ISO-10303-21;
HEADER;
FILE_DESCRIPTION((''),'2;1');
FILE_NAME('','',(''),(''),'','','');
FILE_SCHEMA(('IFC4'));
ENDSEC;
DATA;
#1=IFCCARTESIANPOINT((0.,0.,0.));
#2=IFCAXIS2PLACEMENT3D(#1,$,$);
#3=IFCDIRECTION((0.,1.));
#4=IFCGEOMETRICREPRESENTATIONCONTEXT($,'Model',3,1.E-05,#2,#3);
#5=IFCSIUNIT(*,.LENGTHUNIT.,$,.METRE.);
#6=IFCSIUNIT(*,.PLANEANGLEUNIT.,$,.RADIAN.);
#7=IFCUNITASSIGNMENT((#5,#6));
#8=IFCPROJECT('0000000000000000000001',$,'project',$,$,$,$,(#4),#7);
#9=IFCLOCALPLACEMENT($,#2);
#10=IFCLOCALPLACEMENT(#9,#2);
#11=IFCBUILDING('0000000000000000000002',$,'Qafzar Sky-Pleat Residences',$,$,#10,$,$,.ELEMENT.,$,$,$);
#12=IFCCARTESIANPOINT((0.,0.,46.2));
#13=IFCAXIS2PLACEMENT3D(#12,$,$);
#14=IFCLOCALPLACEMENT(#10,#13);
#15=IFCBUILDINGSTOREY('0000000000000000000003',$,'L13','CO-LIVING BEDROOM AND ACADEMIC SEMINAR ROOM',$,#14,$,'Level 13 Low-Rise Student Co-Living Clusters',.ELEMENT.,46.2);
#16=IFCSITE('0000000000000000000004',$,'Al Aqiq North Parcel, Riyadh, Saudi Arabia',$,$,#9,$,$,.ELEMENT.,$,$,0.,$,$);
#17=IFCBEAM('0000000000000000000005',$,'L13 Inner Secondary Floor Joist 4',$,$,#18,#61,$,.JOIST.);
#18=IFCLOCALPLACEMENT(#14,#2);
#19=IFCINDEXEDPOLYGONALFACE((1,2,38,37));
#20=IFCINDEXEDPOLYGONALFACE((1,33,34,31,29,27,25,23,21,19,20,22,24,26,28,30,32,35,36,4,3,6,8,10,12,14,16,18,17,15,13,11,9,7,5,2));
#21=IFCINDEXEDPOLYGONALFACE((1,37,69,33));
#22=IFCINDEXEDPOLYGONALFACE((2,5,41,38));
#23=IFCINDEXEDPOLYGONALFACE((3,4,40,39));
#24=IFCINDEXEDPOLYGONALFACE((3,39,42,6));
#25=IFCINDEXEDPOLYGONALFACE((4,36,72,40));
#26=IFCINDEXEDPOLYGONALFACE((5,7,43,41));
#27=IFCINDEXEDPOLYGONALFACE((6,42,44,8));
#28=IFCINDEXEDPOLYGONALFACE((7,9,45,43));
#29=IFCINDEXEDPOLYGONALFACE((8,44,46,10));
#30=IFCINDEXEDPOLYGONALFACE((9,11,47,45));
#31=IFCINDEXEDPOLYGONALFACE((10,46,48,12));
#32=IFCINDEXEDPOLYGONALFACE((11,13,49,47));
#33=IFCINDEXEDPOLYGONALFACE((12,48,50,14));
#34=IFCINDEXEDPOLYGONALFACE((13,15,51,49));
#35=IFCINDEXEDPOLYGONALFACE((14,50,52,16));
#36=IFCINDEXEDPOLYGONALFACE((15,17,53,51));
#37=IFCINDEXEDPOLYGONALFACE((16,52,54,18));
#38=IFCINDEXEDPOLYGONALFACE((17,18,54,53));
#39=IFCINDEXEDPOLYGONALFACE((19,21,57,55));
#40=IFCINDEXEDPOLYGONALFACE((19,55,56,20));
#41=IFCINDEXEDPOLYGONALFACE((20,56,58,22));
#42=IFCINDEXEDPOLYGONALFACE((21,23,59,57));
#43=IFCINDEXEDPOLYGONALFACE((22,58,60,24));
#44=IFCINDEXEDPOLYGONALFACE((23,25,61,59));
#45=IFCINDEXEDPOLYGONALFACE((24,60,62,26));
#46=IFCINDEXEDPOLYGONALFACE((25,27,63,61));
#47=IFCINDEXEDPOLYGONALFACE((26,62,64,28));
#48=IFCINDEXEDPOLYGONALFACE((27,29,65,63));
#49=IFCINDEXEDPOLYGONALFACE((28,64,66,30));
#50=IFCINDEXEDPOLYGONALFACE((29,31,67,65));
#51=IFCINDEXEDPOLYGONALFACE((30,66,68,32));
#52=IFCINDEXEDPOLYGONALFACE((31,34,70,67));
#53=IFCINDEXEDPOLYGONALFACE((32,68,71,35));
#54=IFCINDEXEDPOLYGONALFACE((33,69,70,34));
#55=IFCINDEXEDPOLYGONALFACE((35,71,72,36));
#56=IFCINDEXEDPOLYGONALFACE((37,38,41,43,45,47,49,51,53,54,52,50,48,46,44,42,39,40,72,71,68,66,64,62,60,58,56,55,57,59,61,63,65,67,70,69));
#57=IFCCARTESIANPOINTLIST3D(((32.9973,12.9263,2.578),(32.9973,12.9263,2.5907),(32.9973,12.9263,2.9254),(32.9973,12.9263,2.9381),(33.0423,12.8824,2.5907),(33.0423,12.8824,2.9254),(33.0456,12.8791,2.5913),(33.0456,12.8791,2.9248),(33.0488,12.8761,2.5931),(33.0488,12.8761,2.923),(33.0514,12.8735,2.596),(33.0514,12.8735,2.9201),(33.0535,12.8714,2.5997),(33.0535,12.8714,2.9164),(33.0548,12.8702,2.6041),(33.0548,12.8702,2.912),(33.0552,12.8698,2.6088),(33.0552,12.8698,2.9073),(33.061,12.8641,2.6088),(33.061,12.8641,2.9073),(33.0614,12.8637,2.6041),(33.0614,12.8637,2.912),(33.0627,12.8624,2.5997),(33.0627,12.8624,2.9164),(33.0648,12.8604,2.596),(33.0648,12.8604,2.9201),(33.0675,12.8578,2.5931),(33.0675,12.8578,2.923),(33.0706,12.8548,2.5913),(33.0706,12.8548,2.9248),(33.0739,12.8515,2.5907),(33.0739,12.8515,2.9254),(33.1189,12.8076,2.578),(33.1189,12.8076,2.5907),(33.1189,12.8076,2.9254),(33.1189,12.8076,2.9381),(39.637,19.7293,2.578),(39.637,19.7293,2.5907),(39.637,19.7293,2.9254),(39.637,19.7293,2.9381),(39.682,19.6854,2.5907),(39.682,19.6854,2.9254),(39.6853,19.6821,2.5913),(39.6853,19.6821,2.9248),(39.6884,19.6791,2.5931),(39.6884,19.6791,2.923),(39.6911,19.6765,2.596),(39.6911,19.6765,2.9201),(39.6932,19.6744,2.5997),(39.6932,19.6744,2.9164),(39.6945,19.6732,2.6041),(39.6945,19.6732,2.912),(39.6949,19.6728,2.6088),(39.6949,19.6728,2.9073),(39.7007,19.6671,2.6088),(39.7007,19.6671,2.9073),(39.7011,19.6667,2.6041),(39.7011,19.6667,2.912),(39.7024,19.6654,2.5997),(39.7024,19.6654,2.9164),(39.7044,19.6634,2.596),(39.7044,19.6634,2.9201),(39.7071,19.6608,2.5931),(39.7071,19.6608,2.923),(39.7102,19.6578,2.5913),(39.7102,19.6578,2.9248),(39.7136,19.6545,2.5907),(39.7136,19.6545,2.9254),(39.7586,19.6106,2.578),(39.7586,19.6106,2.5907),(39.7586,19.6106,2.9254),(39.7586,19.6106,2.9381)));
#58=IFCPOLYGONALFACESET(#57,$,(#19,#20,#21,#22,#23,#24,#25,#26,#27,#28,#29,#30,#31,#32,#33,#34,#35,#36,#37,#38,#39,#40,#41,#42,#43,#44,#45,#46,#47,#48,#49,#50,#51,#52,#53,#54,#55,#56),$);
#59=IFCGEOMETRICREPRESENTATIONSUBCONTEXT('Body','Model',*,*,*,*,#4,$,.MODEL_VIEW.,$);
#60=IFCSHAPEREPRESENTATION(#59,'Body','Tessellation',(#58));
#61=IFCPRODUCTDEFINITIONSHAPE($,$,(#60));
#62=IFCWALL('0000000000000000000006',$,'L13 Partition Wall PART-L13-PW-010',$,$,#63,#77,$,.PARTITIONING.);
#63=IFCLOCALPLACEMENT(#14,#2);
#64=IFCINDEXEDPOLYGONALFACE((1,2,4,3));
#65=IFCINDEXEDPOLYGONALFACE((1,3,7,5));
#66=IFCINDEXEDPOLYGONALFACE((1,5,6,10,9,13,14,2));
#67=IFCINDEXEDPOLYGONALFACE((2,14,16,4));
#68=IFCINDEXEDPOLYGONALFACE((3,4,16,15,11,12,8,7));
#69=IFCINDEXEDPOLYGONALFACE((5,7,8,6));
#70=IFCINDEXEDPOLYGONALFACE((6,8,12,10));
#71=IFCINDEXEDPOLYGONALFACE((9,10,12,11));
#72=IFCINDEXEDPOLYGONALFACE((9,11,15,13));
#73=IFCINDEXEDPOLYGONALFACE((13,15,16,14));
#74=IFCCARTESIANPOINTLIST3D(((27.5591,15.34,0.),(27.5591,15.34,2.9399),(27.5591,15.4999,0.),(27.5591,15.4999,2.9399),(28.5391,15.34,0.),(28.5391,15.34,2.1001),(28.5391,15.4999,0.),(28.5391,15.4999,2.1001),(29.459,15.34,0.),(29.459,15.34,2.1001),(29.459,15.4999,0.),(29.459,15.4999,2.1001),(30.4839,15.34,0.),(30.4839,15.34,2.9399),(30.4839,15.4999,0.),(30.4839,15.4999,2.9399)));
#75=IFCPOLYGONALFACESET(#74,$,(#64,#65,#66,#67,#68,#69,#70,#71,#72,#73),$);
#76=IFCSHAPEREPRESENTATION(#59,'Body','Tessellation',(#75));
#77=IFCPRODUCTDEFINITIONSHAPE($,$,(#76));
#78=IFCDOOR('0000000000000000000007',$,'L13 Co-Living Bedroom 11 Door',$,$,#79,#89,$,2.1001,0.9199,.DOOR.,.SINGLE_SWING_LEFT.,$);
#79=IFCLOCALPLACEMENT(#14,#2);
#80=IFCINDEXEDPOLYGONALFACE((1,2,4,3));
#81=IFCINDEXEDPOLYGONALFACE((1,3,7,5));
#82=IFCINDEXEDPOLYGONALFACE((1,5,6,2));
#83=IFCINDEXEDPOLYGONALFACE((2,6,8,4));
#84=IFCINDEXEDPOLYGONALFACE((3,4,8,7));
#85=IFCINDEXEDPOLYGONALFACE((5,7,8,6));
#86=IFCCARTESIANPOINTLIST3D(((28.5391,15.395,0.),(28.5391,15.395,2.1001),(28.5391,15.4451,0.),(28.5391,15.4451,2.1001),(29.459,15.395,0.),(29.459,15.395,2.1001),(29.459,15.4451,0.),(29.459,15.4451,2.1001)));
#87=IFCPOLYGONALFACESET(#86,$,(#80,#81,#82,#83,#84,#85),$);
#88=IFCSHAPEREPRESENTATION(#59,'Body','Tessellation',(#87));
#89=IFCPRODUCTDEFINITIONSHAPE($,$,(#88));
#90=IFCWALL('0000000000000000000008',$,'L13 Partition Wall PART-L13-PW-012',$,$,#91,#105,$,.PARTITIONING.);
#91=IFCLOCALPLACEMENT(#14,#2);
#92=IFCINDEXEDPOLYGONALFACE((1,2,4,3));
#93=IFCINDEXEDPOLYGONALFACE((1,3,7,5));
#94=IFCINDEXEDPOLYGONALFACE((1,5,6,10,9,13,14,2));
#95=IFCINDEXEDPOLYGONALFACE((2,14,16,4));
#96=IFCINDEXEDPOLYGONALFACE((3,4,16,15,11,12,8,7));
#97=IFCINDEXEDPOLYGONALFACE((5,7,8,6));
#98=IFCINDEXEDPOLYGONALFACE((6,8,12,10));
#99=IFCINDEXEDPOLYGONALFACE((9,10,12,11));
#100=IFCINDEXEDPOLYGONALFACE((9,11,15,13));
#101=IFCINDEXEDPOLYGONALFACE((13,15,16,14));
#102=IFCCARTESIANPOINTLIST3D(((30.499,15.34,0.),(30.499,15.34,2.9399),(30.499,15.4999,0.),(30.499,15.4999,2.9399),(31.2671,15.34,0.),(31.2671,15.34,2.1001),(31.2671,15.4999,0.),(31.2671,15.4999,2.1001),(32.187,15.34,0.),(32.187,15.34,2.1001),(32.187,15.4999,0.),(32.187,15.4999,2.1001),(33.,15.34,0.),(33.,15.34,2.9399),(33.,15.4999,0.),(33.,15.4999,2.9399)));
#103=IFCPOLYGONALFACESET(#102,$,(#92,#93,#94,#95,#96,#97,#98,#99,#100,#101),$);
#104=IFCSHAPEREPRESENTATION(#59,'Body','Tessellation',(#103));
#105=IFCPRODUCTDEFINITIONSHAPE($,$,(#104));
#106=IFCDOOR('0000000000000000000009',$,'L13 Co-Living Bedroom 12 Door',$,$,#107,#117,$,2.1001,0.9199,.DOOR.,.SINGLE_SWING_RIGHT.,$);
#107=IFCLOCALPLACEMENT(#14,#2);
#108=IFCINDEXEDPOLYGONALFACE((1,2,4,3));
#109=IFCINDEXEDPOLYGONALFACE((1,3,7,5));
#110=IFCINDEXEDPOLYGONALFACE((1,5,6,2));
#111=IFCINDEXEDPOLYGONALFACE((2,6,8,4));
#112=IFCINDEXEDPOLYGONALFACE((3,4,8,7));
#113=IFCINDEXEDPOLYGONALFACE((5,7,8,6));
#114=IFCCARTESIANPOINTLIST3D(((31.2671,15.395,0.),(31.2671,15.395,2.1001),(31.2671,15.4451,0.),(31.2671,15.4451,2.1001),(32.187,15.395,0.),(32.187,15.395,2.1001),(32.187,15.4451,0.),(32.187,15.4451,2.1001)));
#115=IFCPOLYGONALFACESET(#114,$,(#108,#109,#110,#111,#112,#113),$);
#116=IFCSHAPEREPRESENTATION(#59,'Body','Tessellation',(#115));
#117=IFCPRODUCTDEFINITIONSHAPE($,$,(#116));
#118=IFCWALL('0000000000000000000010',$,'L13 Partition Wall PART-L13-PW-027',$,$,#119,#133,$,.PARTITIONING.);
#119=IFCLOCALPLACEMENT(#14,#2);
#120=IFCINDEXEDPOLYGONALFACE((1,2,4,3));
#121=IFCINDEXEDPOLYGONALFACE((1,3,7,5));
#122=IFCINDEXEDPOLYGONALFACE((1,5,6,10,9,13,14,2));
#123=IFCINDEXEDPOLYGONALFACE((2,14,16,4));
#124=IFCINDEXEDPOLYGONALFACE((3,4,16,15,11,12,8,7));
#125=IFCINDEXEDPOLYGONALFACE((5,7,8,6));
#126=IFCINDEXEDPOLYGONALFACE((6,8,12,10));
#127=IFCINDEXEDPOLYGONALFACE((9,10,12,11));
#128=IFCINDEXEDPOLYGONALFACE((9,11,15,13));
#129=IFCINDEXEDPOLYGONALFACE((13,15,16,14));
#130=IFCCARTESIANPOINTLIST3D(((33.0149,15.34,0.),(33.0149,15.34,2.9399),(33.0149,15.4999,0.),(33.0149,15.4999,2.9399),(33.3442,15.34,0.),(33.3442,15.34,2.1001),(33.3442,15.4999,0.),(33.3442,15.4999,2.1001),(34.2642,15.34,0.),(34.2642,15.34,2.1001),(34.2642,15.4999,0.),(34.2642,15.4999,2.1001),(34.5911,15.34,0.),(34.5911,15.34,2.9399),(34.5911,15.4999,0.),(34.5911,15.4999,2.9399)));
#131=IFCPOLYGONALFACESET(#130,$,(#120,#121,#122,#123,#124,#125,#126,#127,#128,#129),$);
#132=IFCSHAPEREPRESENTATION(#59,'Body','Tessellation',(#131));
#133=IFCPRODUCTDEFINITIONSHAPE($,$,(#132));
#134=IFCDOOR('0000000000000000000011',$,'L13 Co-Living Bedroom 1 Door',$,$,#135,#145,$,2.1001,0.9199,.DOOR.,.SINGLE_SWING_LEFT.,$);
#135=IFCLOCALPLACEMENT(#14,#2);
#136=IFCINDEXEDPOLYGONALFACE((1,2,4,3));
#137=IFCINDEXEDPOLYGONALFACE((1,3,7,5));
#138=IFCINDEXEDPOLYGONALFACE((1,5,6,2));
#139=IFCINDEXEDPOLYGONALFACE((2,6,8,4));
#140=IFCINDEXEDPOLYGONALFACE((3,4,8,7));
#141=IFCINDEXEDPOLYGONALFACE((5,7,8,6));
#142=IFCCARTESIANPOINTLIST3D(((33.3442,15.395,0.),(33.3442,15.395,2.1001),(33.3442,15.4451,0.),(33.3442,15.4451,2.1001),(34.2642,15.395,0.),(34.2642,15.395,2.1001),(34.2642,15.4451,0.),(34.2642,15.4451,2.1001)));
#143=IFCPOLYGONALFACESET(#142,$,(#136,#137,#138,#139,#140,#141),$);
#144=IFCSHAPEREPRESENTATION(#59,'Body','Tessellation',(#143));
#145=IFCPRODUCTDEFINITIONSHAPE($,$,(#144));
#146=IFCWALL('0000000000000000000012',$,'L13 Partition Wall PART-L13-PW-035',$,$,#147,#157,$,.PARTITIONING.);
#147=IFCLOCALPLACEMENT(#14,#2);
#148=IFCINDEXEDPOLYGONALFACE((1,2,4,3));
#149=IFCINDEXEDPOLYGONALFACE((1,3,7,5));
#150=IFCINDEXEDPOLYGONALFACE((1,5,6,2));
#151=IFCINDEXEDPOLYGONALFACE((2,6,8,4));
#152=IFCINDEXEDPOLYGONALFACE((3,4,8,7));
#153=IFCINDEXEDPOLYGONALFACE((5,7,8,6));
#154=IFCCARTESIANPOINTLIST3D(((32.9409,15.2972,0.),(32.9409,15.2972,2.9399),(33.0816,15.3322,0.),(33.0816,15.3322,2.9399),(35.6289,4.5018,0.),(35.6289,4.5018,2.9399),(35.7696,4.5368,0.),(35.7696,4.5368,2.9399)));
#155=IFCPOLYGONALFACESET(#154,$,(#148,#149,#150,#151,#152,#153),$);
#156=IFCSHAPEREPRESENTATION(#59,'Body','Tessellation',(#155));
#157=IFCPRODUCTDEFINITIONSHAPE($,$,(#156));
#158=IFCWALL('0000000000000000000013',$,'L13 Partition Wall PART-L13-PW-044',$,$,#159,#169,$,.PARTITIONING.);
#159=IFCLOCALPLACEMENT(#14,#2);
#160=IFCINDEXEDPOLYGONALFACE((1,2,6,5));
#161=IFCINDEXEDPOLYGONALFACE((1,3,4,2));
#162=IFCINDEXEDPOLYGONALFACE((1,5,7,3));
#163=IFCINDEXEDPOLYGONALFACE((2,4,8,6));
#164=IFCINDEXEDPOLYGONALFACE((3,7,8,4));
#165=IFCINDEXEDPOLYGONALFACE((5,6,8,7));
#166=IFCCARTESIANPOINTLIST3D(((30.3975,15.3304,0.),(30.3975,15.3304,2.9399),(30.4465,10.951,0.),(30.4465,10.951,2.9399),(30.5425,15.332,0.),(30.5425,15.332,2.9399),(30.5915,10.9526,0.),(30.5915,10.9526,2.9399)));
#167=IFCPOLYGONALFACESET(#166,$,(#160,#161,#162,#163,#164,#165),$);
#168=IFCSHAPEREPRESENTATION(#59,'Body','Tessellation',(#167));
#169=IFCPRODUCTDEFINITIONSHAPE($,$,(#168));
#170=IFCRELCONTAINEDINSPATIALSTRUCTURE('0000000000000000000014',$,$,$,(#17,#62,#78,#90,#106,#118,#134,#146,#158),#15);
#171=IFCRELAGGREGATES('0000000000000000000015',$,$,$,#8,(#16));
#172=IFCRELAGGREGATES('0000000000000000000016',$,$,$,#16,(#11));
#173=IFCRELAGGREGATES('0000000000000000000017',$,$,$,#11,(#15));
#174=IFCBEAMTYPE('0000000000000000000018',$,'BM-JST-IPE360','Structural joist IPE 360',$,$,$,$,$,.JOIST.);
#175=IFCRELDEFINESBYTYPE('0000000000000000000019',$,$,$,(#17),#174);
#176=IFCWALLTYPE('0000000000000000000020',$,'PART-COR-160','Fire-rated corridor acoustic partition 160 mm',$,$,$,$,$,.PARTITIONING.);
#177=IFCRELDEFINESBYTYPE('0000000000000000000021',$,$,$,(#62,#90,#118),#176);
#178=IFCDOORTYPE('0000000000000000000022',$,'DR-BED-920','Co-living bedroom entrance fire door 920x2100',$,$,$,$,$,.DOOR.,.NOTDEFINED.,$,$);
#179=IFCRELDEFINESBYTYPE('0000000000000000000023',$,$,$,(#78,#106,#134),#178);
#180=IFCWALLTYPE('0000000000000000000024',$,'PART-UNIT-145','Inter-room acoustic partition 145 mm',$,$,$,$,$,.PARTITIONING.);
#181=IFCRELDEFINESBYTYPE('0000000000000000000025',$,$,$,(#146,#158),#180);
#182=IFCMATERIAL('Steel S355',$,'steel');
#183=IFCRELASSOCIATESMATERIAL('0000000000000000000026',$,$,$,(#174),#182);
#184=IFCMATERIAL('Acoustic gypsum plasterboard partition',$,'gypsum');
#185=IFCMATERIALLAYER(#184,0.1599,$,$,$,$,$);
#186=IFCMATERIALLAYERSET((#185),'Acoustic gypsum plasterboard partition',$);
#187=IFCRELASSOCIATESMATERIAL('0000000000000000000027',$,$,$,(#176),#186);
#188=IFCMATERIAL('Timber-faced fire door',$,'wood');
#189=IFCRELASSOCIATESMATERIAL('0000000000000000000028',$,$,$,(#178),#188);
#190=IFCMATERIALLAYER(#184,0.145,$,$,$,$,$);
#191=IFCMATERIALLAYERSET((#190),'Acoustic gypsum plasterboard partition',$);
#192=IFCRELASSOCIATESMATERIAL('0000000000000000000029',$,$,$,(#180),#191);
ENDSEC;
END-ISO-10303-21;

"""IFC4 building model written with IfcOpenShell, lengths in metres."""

from ifc_helpers import new_model, si_unit, direction, frame, frame_2d, origin, origin_2d, place, context, subcontext, project, spatial, rectangle, i_section, extrude, source, transform, mapped, material, layer, layer_set, material_profile, profile_set, type_object, element, fill, save


model = new_model("IFC4")

# Units and contexts
model_context = context("Model", 3, precision=1e-05, world=origin(), true_north=direction((0.0, 1.0)))
body_context = subcontext(model_context, "Body", "Model", "MODEL_VIEW")
ifc_project = project(units=[si_unit("LENGTHUNIT", "METRE"), si_unit("PLANEANGLEUNIT", "RADIAN")], contexts=[model_context])

# Site, building, storey
site_placement = place(None, origin())
site = spatial("IfcSite", under=ifc_project, at=site_placement, Name="Al Aqiq North Parcel, Riyadh, Saudi Arabia", CompositionType="ELEMENT", RefElevation=0.0)
building_placement = place(site_placement, origin())
building = spatial("IfcBuilding", under=site, at=building_placement, Name="Qafzar Sky-Pleat Residences", CompositionType="ELEMENT")
storey_placement = place(building_placement, frame((0.0, 0.0, 46.2)))
storey = spatial("IfcBuildingStorey", under=building, at=storey_placement, Name="L13", Description="CO-LIVING BEDROOM AND ACADEMIC SEMINAR ROOM", LongName="Level 13 Low-Rise Student Co-Living Clusters", CompositionType="ELEMENT", Elevation=46.2)

# Beam
ifc_material_1 = material(Name="Steel S355", Category="steel")
ifc_material_profile_1 = material_profile(ifc_material_1, i_section(OverallWidth=0.1699, OverallDepth=0.3601, WebThickness=0.0081, FlangeThickness=0.0127, FilletRadius=0.0181, at=origin_2d()), Name="IPE 360")
ifc_profile_set_1 = profile_set([ifc_material_profile_1], Name="Steel S355")
beam_type_1 = type_object("IfcBeamType", Name="BM-JST-IPE360", Description="Structural joist IPE 360", PredefinedType="JOIST", material=ifc_profile_set_1)
shared_shape_1 = source(origin(), body_context, "Body", "SweptSolid", [
    extrude(i_section(OverallWidth=0.1699, OverallDepth=0.3601, WebThickness=0.0081, FlangeThickness=0.0127, FilletRadius=0.0181, at=origin_2d()), origin(), (0.0, 0.0, 1.0), 9.5061),
])
beam_1_placement = place(storey_placement, frame((33.0581, 12.8669, 2.7581), z_axis=(0.698464, 0.715645, 0.0), x_axis=(-0.715645, 0.698464, 0.0)))
element("IfcBeam", 1, at=beam_1_placement, inside=storey, type_object=beam_type_1, Name="L13 Inner Secondary Floor Joist 4", PredefinedType="JOIST", context=body_context, shape_type="MappedRepresentation", body=[
    mapped(shared_shape_1, transform((0.0, 0.0, 0.0), x_axis=(1.0, 0.0, 0.0), y_axis=(0.0, 1.0, 0.0), z_axis=(0.0, 0.0, 1.0), scale=1.0)),
])

# Walls, openings, doors
ifc_material_2 = material(Name="Acoustic gypsum plasterboard partition", Category="gypsum")
ifc_layer_1 = layer(ifc_material_2, 0.1599)
ifc_layer_set_1 = layer_set([ifc_layer_1], Name="Acoustic gypsum plasterboard partition")
wall_type_1 = type_object("IfcWallType", Name="PART-COR-160", Description="Fire-rated corridor acoustic partition 160 mm", PredefinedType="PARTITIONING", material=ifc_layer_set_1)
wall_1_placement = place(storey_placement, frame((30.4839, 15.4199, 0.0), z_axis=(0.0, 0.0, 1.0), x_axis=(-1.0, 0.0, 0.0)))
wall_1 = element("IfcWall", 2, at=wall_1_placement, inside=storey, type_object=wall_type_1, Name="L13 Partition Wall PART-L13-PW-010", PredefinedType="PARTITIONING", context=body_context, shape_type="SweptSolid", body=[
    extrude(rectangle(XDim=2.9248, YDim=0.1599, at=frame_2d((1.4624, 0.0))), origin(), (0.0, 0.0, 1.0), 2.9399),
])
opening_1_placement = place(wall_1_placement, frame((1.0249, 0.0, 0.0)))
opening_1 = element("IfcOpeningElement", 3, at=opening_1_placement, cuts=wall_1, PredefinedType="OPENING", context=body_context, shape_type="SweptSolid", body=[
    extrude(rectangle(XDim=0.9199, YDim=2.1001, at=frame_2d((0.46, 1.05))), frame((0.0, 0.0898, 0.0), z_axis=(0.0, -1.0, 0.0), x_axis=(1.0, 0.0, 0.0)), (0.0, 0.0, 1.0), 0.1799),
])
ifc_material_3 = material(Name="Timber-faced fire door", Category="wood")
door_type_1 = type_object("IfcDoorType", Name="DR-BED-920", Description="Co-living bedroom entrance fire door 920x2100", OperationType="NOTDEFINED", PredefinedType="DOOR", material=ifc_material_3)
shared_shape_2 = source(origin(), body_context, "Body", "SweptSolid", [
    extrude(rectangle(XDim=0.9199, YDim=2.1001, at=frame_2d((0.46, 1.05))), frame((0.0, 0.0249, 0.0), z_axis=(0.0, -1.0, 0.0), x_axis=(1.0, 0.0, 0.0)), (0.0, 0.0, 1.0), 0.05),
])
door_1_placement = place(opening_1_placement, origin())
door_1 = element("IfcDoor", 4, at=door_1_placement, inside=storey, type_object=door_type_1, Name="L13 Co-Living Bedroom 11 Door", OperationType="SINGLE_SWING_LEFT", OverallHeight=2.1001, OverallWidth=0.9199, PredefinedType="DOOR", context=body_context, shape_type="MappedRepresentation", body=[
    mapped(shared_shape_2, transform((0.0, 0.0, 0.0), x_axis=(1.0, 0.0, 0.0), y_axis=(0.0, 1.0, 0.0), z_axis=(0.0, 0.0, 1.0), scale=1.0)),
])
fill(opening_1, door_1)
wall_2_placement = place(storey_placement, frame((33.0, 15.4199, 0.0), z_axis=(0.0, 0.0, 1.0), x_axis=(-1.0, 0.0, 0.0)))
wall_2 = element("IfcWall", 5, at=wall_2_placement, inside=storey, type_object=wall_type_1, Name="L13 Partition Wall PART-L13-PW-012", PredefinedType="PARTITIONING", context=body_context, shape_type="SweptSolid", body=[
    extrude(rectangle(XDim=2.501, YDim=0.1599, at=frame_2d((1.2505, 0.0))), origin(), (0.0, 0.0, 1.0), 2.9399),
])
opening_2_placement = place(wall_2_placement, frame((0.813, 0.0, 0.0)))
opening_2 = element("IfcOpeningElement", 6, at=opening_2_placement, cuts=wall_2, PredefinedType="OPENING", context=body_context, shape_type="SweptSolid", body=[
    extrude(rectangle(XDim=0.9199, YDim=2.1001, at=frame_2d((0.46, 1.05))), frame((0.0, 0.0898, 0.0), z_axis=(0.0, -1.0, 0.0), x_axis=(1.0, 0.0, 0.0)), (0.0, 0.0, 1.0), 0.1799),
])
door_2_placement = place(opening_2_placement, origin())
door_2 = element("IfcDoor", 7, at=door_2_placement, inside=storey, type_object=door_type_1, Name="L13 Co-Living Bedroom 12 Door", OperationType="SINGLE_SWING_RIGHT", OverallHeight=2.1001, OverallWidth=0.9199, PredefinedType="DOOR", context=body_context, shape_type="MappedRepresentation", body=[
    mapped(shared_shape_2, transform((0.0, 0.0, 0.0), x_axis=(1.0, 0.0, 0.0), y_axis=(0.0, 1.0, 0.0), z_axis=(0.0, 0.0, 1.0), scale=1.0)),
])
fill(opening_2, door_2)
wall_3_placement = place(storey_placement, frame((34.5911, 15.4199, 0.0), z_axis=(0.0, 0.0, 1.0), x_axis=(-1.0, 0.0, 0.0)))
wall_3 = element("IfcWall", 8, at=wall_3_placement, inside=storey, type_object=wall_type_1, Name="L13 Partition Wall PART-L13-PW-027", PredefinedType="PARTITIONING", context=body_context, shape_type="SweptSolid", body=[
    extrude(rectangle(XDim=1.5762, YDim=0.1599, at=frame_2d((0.7881, 0.0))), origin(), (0.0, 0.0, 1.0), 2.9399),
])
opening_3_placement = place(wall_3_placement, frame((0.3269, 0.0, 0.0)))
opening_3 = element("IfcOpeningElement", 9, at=opening_3_placement, cuts=wall_3, PredefinedType="OPENING", context=body_context, shape_type="SweptSolid", body=[
    extrude(rectangle(XDim=0.9199, YDim=2.1001, at=frame_2d((0.46, 1.05))), frame((0.0, 0.0898, 0.0), z_axis=(0.0, -1.0, 0.0), x_axis=(1.0, 0.0, 0.0)), (0.0, 0.0, 1.0), 0.1799),
])
door_3_placement = place(opening_3_placement, origin())
door_3 = element("IfcDoor", 10, at=door_3_placement, inside=storey, type_object=door_type_1, Name="L13 Co-Living Bedroom 1 Door", OperationType="SINGLE_SWING_LEFT", OverallHeight=2.1001, OverallWidth=0.9199, PredefinedType="DOOR", context=body_context, shape_type="MappedRepresentation", body=[
    mapped(shared_shape_2, transform((0.0, 0.0, 0.0), x_axis=(1.0, 0.0, 0.0), y_axis=(0.0, 1.0, 0.0), z_axis=(0.0, 0.0, 1.0), scale=1.0)),
])
fill(opening_3, door_3)

# Walls
ifc_layer_2 = layer(ifc_material_2, 0.145)
ifc_layer_set_2 = layer_set([ifc_layer_2], Name="Acoustic gypsum plasterboard partition")
wall_type_2 = type_object("IfcWallType", Name="PART-UNIT-145", Description="Inter-room acoustic partition 145 mm", PredefinedType="PARTITIONING", material=ifc_layer_set_2)
wall_4_placement = place(storey_placement, frame((33.0112, 15.3147, 0.0), z_axis=(0.0, 0.0, 1.0), x_axis=(0.241616, -0.970372, 0.0)))
element("IfcWall", 11, at=wall_4_placement, inside=storey, type_object=wall_type_2, Name="L13 Partition Wall PART-L13-PW-035", PredefinedType="PARTITIONING", context=body_context, shape_type="SweptSolid", body=[
    extrude(rectangle(XDim=11.125, YDim=0.145, at=frame_2d((5.5625, 0.0))), origin(), (0.0, 0.0, 1.0), 2.9399),
])
wall_5_placement = place(storey_placement, frame((30.47, 15.3313, 0.0), z_axis=(0.0, 0.0, 1.0), x_axis=(0.011205, -0.999937, 0.0)))
element("IfcWall", 12, at=wall_5_placement, inside=storey, type_object=wall_type_2, Name="L13 Partition Wall PART-L13-PW-044", PredefinedType="PARTITIONING", context=body_context, shape_type="SweptSolid", body=[
    extrude(rectangle(XDim=4.3796, YDim=0.145, at=frame_2d((2.1899, 0.0))), origin(), (0.0, 0.0, 1.0), 2.9399),
])

save(model, "model.ifc")
